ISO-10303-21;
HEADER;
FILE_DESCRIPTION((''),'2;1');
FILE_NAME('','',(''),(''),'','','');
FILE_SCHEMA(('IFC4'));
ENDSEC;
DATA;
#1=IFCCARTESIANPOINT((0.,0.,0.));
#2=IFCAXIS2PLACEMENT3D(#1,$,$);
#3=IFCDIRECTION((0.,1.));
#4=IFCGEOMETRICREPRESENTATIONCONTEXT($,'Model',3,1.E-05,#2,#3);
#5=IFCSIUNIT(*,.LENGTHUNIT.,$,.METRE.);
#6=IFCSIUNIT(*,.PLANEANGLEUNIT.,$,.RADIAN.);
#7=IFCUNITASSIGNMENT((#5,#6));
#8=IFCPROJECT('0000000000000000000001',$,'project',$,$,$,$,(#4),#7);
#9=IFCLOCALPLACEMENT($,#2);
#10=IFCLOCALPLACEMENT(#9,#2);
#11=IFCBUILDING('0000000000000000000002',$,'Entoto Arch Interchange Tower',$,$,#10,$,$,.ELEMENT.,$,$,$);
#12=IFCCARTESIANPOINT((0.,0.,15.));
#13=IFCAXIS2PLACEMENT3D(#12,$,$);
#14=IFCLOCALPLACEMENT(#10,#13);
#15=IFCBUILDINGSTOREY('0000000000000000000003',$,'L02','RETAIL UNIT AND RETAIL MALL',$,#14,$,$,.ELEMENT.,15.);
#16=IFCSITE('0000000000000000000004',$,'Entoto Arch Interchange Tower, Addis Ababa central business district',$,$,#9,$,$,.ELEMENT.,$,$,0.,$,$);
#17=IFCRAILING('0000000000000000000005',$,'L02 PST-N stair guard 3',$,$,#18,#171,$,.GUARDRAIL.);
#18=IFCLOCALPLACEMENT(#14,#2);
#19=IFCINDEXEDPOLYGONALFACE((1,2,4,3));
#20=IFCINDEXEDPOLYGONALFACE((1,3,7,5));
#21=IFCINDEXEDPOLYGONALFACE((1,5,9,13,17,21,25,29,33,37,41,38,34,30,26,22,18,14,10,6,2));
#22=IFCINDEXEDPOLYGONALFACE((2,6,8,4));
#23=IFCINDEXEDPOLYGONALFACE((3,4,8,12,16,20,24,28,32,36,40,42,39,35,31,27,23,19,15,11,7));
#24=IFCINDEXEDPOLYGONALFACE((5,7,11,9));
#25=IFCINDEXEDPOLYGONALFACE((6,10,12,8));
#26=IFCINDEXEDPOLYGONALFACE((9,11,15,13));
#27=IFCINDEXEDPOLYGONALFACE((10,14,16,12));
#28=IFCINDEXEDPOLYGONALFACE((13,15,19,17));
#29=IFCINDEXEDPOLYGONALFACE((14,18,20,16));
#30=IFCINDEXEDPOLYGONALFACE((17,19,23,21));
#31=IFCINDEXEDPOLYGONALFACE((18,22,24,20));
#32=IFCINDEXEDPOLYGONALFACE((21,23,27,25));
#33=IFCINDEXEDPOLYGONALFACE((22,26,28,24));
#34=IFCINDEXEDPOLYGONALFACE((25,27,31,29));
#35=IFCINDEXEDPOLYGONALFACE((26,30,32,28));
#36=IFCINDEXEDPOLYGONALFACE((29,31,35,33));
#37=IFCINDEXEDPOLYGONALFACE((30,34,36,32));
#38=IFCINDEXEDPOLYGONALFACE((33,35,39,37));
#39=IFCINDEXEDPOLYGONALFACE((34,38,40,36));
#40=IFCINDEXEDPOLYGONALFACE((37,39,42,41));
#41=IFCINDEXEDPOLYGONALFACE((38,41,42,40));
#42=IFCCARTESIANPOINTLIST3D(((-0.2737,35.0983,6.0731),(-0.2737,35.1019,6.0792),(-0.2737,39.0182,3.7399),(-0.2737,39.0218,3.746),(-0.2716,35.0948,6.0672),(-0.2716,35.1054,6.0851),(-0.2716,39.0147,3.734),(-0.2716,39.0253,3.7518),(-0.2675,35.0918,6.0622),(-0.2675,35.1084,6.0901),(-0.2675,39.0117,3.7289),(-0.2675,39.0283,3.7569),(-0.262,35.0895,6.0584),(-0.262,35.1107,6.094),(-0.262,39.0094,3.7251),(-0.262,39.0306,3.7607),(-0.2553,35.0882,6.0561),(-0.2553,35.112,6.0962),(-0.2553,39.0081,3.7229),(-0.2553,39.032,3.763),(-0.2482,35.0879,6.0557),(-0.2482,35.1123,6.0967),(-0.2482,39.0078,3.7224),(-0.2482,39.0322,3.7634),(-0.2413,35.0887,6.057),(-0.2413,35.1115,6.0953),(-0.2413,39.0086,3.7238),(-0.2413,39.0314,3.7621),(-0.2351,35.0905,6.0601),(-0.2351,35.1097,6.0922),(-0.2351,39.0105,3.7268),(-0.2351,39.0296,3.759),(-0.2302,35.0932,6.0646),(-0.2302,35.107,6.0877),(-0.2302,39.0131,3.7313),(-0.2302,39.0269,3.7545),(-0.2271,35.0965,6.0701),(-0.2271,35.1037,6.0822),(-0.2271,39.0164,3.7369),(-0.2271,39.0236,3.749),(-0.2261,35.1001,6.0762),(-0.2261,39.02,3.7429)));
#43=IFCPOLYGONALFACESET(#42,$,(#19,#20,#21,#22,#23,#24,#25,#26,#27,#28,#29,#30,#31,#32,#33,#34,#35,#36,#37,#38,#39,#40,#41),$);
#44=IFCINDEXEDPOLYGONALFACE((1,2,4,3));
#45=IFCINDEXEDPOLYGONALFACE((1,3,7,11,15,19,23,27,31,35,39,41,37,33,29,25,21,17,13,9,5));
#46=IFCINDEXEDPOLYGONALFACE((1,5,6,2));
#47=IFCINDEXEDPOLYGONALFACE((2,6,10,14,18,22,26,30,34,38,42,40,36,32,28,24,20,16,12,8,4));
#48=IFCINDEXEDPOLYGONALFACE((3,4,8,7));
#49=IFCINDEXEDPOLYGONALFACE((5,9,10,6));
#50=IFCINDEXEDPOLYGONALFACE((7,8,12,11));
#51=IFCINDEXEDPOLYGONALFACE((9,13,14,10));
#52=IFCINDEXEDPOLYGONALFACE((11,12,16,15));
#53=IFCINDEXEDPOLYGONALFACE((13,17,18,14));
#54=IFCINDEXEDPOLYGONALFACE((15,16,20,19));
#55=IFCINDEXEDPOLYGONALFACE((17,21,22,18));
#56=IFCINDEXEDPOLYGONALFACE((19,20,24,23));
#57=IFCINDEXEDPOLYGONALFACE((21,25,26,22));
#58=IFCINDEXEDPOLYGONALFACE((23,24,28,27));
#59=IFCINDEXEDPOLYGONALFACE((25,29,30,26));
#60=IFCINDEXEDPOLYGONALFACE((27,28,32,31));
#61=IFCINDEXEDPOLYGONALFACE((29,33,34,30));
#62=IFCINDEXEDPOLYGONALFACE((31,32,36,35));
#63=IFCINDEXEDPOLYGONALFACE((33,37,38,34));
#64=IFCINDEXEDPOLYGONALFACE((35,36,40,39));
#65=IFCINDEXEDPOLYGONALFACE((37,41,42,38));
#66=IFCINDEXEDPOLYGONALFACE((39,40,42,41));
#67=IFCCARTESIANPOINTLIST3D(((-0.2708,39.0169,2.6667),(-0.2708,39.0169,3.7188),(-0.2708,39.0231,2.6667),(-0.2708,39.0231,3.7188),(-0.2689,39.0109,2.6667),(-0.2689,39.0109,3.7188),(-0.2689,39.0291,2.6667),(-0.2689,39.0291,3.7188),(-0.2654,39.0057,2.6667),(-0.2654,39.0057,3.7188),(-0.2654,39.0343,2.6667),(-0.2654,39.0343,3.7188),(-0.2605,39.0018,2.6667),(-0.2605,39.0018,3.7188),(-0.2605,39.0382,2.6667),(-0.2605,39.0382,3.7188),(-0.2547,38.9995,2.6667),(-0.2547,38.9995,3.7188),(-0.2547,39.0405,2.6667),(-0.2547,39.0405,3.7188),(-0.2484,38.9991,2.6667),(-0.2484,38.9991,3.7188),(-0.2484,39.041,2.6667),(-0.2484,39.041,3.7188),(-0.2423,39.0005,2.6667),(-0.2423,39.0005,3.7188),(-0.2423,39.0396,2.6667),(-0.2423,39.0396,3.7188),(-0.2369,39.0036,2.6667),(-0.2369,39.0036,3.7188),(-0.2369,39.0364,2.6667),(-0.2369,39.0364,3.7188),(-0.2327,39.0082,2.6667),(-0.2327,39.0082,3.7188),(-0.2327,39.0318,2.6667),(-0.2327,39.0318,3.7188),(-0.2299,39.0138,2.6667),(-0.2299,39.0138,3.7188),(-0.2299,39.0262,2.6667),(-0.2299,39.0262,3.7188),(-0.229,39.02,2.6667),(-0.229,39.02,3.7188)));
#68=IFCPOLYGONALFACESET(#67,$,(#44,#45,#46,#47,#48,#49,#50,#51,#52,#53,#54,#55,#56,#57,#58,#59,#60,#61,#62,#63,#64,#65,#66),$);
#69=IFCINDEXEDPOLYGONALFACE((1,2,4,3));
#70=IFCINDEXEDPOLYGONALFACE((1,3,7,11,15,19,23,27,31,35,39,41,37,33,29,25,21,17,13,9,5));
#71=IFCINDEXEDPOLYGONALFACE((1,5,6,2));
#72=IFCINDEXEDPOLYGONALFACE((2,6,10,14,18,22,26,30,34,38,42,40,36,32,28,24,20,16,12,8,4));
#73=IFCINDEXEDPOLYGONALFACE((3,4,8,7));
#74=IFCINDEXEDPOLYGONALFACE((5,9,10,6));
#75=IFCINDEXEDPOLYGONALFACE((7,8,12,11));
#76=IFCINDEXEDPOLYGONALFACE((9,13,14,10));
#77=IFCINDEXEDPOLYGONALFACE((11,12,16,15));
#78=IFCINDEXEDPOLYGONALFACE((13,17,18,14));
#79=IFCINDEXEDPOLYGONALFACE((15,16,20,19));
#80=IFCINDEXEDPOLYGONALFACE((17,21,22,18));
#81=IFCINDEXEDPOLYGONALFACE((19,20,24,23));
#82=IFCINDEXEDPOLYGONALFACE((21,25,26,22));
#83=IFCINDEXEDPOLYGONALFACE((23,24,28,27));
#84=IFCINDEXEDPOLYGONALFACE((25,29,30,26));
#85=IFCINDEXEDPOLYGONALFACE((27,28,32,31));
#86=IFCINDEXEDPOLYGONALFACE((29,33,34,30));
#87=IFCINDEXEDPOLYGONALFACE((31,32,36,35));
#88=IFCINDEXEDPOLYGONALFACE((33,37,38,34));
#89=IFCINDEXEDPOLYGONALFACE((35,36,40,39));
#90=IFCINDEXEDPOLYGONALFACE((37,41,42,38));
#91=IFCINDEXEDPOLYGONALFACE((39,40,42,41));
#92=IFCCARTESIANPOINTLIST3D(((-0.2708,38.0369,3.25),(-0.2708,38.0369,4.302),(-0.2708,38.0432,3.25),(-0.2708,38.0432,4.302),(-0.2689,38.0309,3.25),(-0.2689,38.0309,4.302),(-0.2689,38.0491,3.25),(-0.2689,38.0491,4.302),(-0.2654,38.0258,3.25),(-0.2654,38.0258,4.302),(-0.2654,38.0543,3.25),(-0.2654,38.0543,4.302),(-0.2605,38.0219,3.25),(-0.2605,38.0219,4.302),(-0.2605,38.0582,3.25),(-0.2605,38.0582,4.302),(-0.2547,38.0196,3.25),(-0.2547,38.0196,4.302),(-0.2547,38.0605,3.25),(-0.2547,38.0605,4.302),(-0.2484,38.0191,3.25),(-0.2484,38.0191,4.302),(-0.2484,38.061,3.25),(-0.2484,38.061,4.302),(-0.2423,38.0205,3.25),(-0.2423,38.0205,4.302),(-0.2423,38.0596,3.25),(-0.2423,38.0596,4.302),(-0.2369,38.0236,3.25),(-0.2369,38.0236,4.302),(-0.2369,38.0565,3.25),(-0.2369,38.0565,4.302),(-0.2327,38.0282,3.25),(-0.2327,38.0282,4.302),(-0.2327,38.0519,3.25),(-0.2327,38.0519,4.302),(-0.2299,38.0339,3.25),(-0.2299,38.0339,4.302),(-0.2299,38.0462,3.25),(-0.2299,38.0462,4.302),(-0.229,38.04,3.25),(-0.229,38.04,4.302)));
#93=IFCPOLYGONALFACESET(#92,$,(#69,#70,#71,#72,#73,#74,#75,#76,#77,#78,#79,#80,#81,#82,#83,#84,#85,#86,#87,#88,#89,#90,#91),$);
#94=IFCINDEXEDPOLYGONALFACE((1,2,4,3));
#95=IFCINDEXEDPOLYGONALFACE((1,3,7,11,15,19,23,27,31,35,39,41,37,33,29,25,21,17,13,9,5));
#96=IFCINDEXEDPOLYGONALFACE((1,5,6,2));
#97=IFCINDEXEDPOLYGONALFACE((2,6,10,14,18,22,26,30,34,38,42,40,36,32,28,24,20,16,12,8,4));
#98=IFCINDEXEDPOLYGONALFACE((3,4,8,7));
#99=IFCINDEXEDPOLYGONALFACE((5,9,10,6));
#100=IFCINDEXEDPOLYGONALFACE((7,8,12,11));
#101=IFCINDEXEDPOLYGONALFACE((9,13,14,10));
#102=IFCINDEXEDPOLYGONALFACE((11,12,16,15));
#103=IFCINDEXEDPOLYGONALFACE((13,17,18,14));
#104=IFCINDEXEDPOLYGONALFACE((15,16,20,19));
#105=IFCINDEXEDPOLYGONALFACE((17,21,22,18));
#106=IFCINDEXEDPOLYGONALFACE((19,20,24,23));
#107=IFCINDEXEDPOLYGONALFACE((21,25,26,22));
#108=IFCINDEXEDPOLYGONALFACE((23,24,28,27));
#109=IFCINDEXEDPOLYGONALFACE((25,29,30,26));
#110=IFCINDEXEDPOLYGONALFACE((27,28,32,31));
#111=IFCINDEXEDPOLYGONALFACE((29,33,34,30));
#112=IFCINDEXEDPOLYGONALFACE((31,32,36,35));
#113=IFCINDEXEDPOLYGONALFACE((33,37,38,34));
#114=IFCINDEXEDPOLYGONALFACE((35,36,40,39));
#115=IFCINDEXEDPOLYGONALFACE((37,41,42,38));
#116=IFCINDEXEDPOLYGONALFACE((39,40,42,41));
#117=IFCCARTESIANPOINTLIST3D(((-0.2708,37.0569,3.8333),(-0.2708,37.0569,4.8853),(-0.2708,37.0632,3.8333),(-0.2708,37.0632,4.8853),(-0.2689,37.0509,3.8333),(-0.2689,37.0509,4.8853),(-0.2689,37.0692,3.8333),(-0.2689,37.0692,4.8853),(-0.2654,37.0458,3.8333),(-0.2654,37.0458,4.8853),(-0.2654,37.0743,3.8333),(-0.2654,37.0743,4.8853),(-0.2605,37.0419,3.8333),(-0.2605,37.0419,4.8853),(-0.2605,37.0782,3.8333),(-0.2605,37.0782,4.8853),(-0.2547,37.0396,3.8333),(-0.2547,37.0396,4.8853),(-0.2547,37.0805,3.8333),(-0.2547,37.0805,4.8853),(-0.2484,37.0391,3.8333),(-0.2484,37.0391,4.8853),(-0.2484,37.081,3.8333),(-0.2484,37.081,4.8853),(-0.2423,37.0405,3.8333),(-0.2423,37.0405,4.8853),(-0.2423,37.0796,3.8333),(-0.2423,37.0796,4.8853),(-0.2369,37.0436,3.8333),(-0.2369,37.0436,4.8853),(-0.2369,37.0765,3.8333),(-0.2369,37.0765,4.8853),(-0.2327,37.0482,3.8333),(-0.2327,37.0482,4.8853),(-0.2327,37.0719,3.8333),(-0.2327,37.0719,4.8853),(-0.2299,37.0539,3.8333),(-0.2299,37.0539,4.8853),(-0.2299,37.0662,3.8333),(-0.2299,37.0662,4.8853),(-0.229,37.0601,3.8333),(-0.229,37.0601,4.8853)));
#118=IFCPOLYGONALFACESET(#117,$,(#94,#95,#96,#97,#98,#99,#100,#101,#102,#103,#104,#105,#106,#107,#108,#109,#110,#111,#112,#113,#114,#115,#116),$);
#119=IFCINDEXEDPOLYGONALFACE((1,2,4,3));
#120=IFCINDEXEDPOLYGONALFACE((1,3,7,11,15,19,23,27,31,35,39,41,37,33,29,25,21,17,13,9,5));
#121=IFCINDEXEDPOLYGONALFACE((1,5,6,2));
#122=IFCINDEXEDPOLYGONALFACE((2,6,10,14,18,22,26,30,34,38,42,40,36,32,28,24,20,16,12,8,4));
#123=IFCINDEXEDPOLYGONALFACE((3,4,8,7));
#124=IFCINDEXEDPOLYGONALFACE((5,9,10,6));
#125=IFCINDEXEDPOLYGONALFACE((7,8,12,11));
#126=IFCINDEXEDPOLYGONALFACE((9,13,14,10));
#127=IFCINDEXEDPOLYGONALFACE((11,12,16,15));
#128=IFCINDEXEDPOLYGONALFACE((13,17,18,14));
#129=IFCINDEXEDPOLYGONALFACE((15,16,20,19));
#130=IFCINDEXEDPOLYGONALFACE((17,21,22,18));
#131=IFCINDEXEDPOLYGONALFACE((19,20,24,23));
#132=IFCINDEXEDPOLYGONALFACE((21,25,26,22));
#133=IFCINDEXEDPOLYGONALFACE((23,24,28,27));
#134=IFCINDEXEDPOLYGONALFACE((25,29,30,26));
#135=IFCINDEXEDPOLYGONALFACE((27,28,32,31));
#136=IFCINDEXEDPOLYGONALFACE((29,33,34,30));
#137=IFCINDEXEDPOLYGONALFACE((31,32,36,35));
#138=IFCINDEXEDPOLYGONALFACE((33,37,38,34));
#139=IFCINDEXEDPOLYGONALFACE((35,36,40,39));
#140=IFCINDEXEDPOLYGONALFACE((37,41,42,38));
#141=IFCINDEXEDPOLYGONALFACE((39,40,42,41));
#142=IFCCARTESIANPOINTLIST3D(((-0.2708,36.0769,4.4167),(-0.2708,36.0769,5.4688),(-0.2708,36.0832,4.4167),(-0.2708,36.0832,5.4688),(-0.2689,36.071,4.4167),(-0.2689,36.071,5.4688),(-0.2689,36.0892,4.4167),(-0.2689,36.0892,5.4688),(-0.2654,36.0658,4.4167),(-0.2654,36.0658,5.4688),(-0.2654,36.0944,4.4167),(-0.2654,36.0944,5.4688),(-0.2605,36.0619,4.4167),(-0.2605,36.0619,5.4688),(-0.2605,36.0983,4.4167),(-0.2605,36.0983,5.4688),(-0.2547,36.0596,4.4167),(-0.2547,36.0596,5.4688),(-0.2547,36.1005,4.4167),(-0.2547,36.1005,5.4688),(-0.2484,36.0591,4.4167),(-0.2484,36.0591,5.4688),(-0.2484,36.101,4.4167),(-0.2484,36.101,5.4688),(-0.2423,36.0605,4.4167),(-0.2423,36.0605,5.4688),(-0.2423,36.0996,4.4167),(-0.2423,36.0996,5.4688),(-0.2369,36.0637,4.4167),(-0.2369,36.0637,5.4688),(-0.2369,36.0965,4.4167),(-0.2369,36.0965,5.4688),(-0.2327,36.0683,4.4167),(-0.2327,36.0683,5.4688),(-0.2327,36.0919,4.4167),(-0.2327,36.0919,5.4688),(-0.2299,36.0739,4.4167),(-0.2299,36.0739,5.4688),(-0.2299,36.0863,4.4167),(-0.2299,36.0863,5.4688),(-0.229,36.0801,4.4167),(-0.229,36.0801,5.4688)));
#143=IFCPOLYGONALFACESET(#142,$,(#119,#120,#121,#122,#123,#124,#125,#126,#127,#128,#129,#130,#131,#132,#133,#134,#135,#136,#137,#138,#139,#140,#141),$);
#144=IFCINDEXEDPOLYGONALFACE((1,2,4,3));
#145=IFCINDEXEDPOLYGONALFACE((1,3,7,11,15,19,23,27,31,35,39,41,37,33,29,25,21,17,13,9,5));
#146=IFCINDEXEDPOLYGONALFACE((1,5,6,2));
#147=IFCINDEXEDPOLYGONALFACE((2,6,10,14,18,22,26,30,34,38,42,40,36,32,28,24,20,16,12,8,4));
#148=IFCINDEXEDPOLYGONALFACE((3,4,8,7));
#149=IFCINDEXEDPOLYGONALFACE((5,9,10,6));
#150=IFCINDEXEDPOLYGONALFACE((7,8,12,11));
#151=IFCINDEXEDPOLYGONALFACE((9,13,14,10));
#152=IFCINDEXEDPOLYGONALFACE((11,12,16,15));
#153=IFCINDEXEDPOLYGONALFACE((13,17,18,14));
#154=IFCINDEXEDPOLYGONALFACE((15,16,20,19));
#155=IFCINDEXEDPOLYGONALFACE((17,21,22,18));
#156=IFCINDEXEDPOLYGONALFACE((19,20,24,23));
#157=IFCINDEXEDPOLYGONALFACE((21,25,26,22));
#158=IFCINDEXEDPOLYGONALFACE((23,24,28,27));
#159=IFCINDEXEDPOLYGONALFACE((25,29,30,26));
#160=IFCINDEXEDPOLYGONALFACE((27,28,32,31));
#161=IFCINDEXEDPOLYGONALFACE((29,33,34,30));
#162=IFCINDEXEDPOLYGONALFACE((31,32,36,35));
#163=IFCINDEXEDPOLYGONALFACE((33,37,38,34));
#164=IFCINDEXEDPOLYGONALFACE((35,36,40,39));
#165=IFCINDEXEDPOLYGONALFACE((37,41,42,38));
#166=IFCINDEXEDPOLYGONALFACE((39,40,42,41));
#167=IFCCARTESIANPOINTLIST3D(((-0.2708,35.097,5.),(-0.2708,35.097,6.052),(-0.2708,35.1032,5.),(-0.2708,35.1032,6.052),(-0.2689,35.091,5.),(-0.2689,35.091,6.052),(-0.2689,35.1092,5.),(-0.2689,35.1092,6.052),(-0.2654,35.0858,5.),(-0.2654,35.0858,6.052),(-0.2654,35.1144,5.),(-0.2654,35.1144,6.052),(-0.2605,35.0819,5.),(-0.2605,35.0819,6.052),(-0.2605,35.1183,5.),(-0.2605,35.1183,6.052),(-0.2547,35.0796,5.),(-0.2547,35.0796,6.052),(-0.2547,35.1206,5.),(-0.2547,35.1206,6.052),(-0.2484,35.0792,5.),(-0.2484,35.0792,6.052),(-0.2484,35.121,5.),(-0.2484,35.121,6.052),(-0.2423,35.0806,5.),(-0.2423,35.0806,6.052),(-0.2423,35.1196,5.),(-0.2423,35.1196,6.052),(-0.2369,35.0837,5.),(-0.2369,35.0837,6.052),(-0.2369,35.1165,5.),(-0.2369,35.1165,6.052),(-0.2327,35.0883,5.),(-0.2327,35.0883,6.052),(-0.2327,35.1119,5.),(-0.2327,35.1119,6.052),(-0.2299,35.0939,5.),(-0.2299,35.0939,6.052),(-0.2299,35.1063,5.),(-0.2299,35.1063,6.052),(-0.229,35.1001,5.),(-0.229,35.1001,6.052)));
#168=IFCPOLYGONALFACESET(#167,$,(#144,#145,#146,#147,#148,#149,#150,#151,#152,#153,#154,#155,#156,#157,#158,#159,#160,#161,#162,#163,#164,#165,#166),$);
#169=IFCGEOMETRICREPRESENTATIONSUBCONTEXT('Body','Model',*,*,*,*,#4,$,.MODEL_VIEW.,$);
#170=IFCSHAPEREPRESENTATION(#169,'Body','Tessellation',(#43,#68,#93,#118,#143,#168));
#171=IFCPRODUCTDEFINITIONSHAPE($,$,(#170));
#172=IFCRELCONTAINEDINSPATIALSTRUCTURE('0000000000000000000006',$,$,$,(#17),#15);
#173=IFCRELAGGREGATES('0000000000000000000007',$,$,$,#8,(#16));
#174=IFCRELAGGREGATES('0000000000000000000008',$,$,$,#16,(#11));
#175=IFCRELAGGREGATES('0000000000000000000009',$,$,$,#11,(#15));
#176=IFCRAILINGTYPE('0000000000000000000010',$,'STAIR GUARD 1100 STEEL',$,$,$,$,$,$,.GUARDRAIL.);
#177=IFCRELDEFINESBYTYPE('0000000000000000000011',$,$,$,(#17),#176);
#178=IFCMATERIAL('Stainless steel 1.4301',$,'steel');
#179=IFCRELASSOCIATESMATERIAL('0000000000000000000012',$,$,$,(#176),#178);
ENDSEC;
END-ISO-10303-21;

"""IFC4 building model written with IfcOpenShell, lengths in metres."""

from ifc_helpers import new_model, si_unit, direction, frame, origin, origin_2d, place, context, subcontext, project, spatial, circle, extrude, material, type_object, element, save


model = new_model("IFC4")

# Units and contexts
model_context = context("Model", 3, precision=1e-05, world=origin(), true_north=direction((0.0, 1.0)))
body_context = subcontext(model_context, "Body", "Model", "MODEL_VIEW")
ifc_project = project(units=[si_unit("LENGTHUNIT", "METRE"), si_unit("PLANEANGLEUNIT", "RADIAN")], contexts=[model_context])

# Site, building, storey
site_placement = place(None, origin())
site = spatial("IfcSite", under=ifc_project, at=site_placement, Name="Entoto Arch Interchange Tower, Addis Ababa central business district", CompositionType="ELEMENT", RefElevation=0.0)
building_placement = place(site_placement, origin())
building = spatial("IfcBuilding", under=site, at=building_placement, Name="Entoto Arch Interchange Tower", CompositionType="ELEMENT")
storey_placement = place(building_placement, frame((0.0, 0.0, 15.0)))
storey = spatial("IfcBuildingStorey", under=building, at=storey_placement, Name="L02", Description="RETAIL UNIT AND RETAIL MALL", CompositionType="ELEMENT", Elevation=15.0)

# Railing
ifc_material_1 = material(Name="Stainless steel 1.4301", Category="steel")
railing_type_1 = type_object("IfcRailingType", Name="STAIR GUARD 1100 STEEL", PredefinedType="GUARDRAIL", material=ifc_material_1)
railing_1_placement = place(storey_placement, frame((-0.25, 39.02, 2.6667)))
element("IfcRailing", 1, at=railing_1_placement, inside=storey, type_object=railing_type_1, Name="L02 PST-N stair guard 3", PredefinedType="GUARDRAIL", context=body_context, shape_type="SweptSolid", body=[
    extrude(circle(Radius=0.0239, at=origin_2d()), frame((0.0, 0.0, 1.0762), z_axis=(0.0, -0.859296, 0.511478), x_axis=(1.0, 0.0, 0.0)), (0.0, 0.0, 1.0), 4.5618),
    extrude(circle(Radius=0.021, at=origin_2d()), origin(), (0.0, 0.0, 1.0), 1.052),
    extrude(circle(Radius=0.021, at=origin_2d()), frame((0.0, -0.98, 0.5833)), (0.0, 0.0, 1.0), 1.052),
    extrude(circle(Radius=0.021, at=origin_2d()), frame((0.0, -1.96, 1.1665)), (0.0, 0.0, 1.0), 1.052),
    extrude(circle(Radius=0.021, at=origin_2d()), frame((0.0, -2.9399, 1.75)), (0.0, 0.0, 1.0), 1.052),
    extrude(circle(Radius=0.021, at=origin_2d()), frame((0.0, -3.9199, 2.3333)), (0.0, 0.0, 1.0), 1.052),
])

save(model, "model.ifc")
